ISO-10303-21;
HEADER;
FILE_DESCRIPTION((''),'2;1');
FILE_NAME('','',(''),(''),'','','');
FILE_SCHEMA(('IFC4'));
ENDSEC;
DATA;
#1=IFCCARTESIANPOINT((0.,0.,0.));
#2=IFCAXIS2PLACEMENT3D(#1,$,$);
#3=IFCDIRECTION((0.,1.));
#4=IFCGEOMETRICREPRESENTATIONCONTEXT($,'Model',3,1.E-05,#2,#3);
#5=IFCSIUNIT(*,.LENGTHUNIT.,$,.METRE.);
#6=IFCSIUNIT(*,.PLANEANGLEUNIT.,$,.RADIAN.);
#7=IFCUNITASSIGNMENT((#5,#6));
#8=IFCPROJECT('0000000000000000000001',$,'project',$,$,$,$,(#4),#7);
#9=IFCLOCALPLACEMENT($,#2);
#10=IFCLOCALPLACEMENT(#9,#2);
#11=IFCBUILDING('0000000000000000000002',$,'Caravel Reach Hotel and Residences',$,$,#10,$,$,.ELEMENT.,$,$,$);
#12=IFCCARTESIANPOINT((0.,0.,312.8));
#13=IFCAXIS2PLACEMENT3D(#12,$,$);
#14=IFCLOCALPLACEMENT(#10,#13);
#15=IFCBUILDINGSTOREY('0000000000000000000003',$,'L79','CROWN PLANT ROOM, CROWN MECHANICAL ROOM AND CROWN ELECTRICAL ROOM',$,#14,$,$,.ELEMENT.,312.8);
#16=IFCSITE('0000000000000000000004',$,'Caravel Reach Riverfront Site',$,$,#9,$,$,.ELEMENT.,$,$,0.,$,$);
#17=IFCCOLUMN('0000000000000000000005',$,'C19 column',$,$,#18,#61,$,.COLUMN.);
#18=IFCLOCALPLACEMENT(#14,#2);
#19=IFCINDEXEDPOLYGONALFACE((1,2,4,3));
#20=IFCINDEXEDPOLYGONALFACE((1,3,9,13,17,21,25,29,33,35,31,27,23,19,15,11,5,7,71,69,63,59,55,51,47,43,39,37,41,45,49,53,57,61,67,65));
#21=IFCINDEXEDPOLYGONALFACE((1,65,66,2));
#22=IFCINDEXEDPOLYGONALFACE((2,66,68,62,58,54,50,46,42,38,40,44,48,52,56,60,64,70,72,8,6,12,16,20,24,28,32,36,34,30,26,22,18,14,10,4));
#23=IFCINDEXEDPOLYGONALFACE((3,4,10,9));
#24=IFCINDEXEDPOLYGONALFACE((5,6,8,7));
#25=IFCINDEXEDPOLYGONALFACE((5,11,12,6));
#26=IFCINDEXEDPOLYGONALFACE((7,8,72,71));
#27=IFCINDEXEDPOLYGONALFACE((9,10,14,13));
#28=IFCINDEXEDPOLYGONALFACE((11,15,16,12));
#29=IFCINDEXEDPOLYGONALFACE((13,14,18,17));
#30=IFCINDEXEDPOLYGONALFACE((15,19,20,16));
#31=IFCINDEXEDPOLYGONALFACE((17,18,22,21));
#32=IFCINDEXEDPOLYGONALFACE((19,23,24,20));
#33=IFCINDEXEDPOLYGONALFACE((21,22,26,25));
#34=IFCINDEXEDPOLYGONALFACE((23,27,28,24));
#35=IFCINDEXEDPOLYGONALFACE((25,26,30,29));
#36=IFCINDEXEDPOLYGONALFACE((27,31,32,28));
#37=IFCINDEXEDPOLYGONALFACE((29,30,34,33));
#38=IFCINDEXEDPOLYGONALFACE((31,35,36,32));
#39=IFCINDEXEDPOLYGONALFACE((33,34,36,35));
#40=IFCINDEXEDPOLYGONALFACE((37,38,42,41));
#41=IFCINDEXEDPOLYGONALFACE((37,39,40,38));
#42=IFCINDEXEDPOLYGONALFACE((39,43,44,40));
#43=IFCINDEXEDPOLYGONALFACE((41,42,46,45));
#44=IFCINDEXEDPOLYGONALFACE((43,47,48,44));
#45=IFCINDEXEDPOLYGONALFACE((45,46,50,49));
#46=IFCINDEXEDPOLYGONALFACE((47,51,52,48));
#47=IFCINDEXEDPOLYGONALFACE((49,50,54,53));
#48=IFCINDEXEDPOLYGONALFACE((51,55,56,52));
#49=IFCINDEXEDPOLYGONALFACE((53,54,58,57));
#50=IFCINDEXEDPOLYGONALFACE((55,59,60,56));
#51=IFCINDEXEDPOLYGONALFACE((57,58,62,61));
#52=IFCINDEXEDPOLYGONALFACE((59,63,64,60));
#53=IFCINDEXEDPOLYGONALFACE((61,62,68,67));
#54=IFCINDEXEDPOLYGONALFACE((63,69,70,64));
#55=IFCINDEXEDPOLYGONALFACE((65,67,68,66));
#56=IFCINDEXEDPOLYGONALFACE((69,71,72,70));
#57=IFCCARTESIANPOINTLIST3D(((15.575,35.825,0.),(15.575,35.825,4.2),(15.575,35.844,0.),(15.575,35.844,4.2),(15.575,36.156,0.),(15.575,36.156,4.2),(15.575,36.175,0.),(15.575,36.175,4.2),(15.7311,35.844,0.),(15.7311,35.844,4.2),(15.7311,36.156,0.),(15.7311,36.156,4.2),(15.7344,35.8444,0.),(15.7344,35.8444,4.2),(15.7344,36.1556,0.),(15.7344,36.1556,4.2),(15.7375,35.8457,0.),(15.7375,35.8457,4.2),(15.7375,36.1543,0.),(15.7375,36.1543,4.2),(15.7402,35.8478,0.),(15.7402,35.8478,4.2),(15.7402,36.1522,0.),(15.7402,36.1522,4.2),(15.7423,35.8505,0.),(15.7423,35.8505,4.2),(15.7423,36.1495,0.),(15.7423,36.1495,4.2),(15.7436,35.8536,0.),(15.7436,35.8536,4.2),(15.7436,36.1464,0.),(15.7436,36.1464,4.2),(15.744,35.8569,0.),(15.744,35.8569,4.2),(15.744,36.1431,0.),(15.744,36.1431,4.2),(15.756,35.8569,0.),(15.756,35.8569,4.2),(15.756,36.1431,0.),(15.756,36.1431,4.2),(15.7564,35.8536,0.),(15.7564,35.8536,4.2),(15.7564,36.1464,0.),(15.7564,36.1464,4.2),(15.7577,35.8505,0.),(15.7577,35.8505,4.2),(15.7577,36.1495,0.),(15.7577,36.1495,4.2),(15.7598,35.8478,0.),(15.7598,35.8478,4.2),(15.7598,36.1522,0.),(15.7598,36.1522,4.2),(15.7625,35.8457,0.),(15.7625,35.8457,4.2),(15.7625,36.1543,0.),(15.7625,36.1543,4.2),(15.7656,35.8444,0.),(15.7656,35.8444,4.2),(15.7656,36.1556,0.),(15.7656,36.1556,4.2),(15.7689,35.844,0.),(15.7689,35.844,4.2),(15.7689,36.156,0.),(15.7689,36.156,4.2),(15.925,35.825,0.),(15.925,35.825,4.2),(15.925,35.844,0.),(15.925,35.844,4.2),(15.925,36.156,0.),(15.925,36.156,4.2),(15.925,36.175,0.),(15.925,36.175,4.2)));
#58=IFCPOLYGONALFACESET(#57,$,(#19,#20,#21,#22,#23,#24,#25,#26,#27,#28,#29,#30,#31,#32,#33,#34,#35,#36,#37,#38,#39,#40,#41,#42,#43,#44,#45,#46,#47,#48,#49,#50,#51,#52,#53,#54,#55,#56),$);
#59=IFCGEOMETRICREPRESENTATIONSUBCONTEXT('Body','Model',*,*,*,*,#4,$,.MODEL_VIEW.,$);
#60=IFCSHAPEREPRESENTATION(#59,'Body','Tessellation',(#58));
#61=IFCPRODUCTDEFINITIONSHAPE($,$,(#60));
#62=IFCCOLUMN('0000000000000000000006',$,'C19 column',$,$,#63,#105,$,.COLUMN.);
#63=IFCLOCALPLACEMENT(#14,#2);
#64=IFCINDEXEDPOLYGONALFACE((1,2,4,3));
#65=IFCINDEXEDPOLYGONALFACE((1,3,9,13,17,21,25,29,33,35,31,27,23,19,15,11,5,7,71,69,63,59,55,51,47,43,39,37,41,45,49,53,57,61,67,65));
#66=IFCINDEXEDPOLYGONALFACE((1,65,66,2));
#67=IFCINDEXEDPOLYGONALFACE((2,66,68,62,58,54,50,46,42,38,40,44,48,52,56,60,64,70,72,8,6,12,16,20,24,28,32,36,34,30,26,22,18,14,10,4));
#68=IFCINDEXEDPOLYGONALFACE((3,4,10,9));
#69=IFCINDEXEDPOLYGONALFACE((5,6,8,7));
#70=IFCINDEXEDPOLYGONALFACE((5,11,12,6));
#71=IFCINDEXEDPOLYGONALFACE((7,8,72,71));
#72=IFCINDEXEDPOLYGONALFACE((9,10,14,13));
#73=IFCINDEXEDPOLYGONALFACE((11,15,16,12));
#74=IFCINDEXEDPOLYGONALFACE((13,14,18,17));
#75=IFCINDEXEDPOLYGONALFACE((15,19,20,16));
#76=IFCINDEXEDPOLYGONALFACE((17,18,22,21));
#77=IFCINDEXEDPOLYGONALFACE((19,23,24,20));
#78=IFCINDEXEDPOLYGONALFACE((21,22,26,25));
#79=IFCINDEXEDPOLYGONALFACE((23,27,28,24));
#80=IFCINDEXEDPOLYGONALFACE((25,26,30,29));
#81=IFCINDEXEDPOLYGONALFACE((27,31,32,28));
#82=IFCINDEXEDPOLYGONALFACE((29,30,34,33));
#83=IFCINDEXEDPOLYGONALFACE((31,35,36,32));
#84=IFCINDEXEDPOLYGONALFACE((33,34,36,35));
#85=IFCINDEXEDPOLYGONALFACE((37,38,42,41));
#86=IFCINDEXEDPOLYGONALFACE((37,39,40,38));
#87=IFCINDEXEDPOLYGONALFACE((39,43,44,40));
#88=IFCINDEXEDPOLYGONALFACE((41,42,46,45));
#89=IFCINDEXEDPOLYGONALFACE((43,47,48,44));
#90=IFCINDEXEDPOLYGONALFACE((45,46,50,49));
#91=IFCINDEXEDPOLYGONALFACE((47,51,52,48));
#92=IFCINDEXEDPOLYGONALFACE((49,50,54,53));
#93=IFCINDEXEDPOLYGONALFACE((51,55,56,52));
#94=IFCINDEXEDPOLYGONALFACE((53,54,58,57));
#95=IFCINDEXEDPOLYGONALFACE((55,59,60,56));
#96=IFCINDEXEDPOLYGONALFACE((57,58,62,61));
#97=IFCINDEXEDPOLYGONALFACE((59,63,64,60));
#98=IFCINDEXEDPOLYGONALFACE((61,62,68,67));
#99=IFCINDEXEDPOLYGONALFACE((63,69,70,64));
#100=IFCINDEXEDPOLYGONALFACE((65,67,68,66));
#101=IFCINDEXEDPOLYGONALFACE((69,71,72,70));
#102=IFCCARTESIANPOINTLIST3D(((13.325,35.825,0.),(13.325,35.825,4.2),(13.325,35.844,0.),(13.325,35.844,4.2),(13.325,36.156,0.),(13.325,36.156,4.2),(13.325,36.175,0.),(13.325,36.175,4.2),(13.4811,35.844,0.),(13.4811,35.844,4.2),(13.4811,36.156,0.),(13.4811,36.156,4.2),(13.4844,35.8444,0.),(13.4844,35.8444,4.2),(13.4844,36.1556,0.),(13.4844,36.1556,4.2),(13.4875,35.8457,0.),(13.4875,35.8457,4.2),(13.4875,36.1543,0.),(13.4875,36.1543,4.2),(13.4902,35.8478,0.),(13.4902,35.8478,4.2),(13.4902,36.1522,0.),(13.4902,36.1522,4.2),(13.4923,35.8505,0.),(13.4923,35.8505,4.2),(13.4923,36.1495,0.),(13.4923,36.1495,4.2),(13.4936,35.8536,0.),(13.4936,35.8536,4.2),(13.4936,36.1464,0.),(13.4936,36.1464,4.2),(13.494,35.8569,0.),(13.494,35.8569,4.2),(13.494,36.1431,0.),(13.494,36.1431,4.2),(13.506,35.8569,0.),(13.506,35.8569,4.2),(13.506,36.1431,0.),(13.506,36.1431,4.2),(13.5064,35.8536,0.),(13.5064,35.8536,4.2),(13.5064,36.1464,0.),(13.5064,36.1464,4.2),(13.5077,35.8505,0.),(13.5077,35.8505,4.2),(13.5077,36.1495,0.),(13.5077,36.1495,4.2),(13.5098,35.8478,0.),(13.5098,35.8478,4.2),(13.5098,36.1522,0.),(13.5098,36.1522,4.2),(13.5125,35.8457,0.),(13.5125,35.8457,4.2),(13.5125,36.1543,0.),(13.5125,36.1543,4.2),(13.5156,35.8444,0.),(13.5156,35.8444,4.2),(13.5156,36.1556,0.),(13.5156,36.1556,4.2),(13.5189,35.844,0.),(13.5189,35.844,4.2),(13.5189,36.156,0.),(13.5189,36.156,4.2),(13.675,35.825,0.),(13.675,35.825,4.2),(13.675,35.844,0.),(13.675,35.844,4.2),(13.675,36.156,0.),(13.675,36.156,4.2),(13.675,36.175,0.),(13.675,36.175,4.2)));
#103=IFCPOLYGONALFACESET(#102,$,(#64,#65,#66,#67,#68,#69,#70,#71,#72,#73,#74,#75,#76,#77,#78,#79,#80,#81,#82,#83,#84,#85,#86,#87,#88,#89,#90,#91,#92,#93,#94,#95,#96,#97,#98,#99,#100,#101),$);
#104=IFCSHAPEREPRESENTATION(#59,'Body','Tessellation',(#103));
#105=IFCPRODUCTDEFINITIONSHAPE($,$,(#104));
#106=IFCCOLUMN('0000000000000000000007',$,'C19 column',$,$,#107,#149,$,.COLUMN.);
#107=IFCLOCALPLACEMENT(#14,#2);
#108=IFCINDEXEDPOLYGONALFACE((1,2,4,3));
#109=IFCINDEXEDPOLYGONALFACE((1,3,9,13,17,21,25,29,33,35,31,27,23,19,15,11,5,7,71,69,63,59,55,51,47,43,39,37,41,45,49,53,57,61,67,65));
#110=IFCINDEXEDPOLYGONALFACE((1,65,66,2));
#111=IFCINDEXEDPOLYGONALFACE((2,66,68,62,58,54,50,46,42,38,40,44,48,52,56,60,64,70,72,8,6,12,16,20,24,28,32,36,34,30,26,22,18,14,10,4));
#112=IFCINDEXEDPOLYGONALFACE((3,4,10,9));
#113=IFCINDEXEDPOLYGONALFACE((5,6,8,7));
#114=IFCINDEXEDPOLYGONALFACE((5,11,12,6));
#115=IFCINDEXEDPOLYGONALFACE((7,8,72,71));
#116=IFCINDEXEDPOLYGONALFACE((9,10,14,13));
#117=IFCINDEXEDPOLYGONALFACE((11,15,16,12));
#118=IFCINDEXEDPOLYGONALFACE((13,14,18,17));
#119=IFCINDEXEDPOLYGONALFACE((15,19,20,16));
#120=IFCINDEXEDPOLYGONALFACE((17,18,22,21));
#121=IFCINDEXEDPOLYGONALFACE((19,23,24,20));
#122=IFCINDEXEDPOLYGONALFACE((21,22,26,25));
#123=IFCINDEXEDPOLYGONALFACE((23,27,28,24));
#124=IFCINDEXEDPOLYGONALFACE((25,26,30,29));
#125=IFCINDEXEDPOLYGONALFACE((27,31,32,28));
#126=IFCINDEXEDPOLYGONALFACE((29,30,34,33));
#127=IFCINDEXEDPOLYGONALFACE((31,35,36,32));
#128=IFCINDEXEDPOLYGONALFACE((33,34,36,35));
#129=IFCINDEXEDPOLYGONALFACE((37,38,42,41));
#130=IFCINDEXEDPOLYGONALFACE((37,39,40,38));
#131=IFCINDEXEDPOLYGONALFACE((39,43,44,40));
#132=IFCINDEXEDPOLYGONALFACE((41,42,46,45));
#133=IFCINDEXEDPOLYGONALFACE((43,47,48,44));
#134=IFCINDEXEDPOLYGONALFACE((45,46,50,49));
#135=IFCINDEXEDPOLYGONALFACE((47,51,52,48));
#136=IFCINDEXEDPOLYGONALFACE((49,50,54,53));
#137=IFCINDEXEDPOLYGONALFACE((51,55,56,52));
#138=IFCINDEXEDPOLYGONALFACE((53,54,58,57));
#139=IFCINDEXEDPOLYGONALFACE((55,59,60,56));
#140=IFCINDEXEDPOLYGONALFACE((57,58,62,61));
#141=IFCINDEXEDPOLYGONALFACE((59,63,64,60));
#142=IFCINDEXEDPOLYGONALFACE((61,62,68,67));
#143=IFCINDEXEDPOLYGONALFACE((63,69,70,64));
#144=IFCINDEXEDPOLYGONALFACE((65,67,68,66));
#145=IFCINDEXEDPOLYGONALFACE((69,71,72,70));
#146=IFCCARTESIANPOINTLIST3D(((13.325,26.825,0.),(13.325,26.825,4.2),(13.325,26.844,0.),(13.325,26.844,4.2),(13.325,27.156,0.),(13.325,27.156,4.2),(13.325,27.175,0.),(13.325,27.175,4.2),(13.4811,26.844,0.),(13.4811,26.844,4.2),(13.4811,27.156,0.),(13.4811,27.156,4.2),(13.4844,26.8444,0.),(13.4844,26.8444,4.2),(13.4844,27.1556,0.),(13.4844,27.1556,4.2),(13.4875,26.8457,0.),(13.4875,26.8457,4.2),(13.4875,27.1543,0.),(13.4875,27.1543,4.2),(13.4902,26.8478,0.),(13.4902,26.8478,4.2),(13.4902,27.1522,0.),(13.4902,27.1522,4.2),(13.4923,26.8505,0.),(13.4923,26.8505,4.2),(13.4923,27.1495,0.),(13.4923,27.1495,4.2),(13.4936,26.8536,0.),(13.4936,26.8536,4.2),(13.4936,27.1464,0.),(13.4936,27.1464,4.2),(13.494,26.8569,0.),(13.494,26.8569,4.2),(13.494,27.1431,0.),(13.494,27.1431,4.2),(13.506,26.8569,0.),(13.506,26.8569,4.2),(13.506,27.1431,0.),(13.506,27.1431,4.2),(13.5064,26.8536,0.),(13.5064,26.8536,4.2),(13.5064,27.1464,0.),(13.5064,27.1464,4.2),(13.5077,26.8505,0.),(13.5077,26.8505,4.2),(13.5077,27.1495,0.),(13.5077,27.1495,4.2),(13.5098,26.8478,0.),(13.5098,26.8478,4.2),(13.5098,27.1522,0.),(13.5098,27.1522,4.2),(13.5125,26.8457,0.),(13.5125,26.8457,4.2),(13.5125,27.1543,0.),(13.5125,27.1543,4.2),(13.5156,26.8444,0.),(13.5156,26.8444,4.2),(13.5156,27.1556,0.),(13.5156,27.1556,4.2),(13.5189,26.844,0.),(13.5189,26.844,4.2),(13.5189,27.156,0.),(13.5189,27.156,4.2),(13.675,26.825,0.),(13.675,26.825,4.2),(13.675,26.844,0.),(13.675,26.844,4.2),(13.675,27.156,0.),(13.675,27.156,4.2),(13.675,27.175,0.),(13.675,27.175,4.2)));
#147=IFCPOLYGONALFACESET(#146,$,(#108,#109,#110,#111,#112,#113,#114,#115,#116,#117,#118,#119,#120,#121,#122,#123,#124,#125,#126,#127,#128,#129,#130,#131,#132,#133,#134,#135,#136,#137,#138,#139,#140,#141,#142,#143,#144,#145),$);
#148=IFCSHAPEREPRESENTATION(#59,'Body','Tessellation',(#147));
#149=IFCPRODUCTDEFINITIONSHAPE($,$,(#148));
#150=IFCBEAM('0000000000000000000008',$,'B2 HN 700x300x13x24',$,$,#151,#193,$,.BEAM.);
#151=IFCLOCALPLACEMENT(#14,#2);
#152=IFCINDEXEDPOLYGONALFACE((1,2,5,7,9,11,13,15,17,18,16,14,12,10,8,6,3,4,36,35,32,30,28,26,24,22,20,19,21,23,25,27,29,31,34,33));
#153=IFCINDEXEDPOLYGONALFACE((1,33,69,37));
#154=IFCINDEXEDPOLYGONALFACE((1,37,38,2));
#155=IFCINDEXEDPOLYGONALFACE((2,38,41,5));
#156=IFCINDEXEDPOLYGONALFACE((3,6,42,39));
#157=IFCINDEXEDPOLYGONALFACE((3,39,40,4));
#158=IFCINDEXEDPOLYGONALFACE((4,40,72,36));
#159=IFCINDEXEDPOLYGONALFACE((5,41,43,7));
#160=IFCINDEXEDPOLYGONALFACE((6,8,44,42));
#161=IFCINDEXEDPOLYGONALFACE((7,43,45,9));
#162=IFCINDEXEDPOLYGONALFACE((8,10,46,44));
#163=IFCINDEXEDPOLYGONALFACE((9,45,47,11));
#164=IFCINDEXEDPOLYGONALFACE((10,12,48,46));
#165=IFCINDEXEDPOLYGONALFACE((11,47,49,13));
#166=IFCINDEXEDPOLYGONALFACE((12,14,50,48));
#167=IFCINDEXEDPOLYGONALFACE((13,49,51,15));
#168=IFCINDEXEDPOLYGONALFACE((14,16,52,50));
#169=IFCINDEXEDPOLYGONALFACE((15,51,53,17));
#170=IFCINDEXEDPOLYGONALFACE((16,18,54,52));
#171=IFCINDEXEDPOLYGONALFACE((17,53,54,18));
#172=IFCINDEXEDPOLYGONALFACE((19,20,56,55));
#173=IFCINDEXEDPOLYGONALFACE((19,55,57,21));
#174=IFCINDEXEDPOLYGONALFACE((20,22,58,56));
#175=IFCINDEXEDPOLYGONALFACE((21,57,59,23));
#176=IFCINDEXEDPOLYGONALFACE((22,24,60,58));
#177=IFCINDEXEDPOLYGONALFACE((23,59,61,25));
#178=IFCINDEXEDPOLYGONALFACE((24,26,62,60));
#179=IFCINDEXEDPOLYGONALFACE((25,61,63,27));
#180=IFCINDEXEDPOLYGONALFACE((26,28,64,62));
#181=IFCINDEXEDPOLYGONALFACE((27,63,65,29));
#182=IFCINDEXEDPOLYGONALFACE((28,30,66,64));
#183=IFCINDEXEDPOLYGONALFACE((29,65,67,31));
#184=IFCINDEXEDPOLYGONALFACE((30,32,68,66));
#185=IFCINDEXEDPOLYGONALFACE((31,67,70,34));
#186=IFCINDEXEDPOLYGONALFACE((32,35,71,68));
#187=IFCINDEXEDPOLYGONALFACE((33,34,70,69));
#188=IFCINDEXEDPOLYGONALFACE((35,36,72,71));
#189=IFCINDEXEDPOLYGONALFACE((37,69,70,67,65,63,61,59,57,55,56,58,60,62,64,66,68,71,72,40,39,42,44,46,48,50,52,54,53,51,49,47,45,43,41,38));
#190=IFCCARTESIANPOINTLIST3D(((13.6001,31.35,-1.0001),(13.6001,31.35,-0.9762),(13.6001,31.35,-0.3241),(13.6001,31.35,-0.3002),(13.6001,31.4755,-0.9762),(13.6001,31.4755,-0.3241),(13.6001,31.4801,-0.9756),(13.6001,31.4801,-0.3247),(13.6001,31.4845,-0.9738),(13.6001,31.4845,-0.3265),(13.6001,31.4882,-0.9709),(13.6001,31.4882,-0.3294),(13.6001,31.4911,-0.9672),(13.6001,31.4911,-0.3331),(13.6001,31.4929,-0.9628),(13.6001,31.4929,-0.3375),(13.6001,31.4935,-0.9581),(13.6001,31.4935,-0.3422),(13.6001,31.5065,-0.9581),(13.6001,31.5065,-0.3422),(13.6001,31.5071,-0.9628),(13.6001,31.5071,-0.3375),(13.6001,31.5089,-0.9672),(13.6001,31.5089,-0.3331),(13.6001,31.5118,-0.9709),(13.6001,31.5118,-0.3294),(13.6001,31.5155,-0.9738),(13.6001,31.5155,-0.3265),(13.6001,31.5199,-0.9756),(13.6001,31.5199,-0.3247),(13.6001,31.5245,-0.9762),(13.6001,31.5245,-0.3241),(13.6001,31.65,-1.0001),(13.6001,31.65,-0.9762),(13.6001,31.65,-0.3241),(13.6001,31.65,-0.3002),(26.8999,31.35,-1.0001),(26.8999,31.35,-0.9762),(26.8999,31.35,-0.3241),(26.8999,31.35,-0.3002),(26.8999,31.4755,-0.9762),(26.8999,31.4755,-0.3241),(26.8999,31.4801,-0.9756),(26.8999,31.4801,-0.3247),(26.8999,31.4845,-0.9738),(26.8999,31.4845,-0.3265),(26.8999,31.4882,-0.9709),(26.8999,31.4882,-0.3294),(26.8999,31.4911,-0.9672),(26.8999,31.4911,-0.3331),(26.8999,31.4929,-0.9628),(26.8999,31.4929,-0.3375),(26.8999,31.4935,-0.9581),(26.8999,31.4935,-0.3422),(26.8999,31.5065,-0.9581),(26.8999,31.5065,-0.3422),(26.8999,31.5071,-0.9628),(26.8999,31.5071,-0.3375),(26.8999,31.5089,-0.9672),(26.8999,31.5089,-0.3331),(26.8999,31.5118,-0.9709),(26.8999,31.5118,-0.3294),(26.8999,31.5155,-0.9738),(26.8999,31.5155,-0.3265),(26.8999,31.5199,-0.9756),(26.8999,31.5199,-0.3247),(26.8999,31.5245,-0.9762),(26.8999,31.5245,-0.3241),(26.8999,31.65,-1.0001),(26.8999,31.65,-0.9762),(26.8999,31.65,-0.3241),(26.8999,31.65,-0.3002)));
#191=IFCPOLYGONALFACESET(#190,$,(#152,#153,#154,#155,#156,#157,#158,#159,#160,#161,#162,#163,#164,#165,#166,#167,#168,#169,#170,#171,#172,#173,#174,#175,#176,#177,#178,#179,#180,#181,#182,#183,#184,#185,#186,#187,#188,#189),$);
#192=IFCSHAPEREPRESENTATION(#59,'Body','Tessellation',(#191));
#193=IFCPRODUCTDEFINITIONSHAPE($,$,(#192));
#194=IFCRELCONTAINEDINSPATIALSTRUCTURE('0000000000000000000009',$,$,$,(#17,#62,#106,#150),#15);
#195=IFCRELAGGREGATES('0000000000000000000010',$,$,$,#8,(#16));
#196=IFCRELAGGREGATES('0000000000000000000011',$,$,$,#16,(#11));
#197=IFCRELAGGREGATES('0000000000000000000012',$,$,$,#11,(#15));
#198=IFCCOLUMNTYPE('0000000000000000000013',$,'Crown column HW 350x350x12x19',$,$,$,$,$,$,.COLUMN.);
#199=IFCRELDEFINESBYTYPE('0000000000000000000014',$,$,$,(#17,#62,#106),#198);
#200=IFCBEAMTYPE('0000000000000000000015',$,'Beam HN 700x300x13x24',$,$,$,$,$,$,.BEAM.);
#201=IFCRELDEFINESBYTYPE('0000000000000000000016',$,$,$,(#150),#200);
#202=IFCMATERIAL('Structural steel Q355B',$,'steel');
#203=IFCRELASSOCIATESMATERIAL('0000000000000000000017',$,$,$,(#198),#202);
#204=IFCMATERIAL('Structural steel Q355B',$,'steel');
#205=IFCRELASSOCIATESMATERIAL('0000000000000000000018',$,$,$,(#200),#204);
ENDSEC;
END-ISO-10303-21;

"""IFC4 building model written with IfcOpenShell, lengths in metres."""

from ifc_helpers import new_model, si_unit, direction, frame, origin, origin_2d, place, context, subcontext, project, spatial, i_section, extrude, material, material_profile, profile_set, type_object, element, save


model = new_model("IFC4")

# Units and contexts
model_context = context("Model", 3, precision=1e-05, world=origin(), true_north=direction((0.0, 1.0)))
body_context = subcontext(model_context, "Body", "Model", "MODEL_VIEW")
ifc_project = project(units=[si_unit("LENGTHUNIT", "METRE"), si_unit("PLANEANGLEUNIT", "RADIAN")], contexts=[model_context])

# Site, building, storey
site_placement = place(None, origin())
site = spatial("IfcSite", under=ifc_project, at=site_placement, Name="Caravel Reach Riverfront Site", CompositionType="ELEMENT", RefElevation=0.0)
building_placement = place(site_placement, origin())
building = spatial("IfcBuilding", under=site, at=building_placement, Name="Caravel Reach Hotel and Residences", CompositionType="ELEMENT")
storey_placement = place(building_placement, frame((0.0, 0.0, 312.8)))
storey = spatial("IfcBuildingStorey", under=building, at=storey_placement, Name="L79", Description="CROWN PLANT ROOM, CROWN MECHANICAL ROOM AND CROWN ELECTRICAL ROOM", CompositionType="ELEMENT", Elevation=312.8)

# Columns
ifc_material_1 = material(Name="Structural steel Q355B", Category="steel")
ifc_material_profile_1 = material_profile(ifc_material_1, i_section(OverallWidth=0.3501, OverallDepth=0.3501, WebThickness=0.012, FlangeThickness=0.019, FilletRadius=0.0129, at=origin_2d()), Name="HW 350x350x12x19")
ifc_profile_set_1 = profile_set([ifc_material_profile_1], Name="Structural steel Q355B")
column_type = type_object("IfcColumnType", Name="Crown column HW 350x350x12x19", PredefinedType="COLUMN", material=ifc_profile_set_1)
for number, where, z_axis, x_axis, name in (
    (1, (15.75, 36.0, 0.0), (0.0, 0.0, 1.0), (1.0, 0.0, 0.0), "C19 column"),
    (2, (13.5, 36.0, 0.0), (0.0, 0.0, 1.0), (1.0, 0.0, 0.0), "C19 column"),
    (3, (13.5, 27.0, 0.0), (0.0, 0.0, 1.0), (1.0, 0.0, 0.0), "C19 column"),
):
    element("IfcColumn", number, at=place(storey_placement, frame(where, z_axis=z_axis, x_axis=x_axis)), inside=storey, type_object=column_type, Name=name, PredefinedType="COLUMN", context=body_context, shape_type="SweptSolid", body=[
        extrude(i_section(OverallWidth=0.3501, OverallDepth=0.3501, WebThickness=0.012, FlangeThickness=0.019, FilletRadius=0.0129, at=origin_2d()), origin(), (0.0, 0.0, 1.0), 4.2),
    ])

# Beam
ifc_material_2 = material(Name="Structural steel Q355B", Category="steel")
ifc_material_profile_2 = material_profile(ifc_material_2, i_section(OverallWidth=0.3, OverallDepth=0.7, WebThickness=0.0129, FlangeThickness=0.0239, FilletRadius=0.0181, at=origin_2d()), Name="HN 700x300x13x24")
ifc_profile_set_2 = profile_set([ifc_material_profile_2], Name="Structural steel Q355B")
beam_type_1 = type_object("IfcBeamType", Name="Beam HN 700x300x13x24", PredefinedType="BEAM", material=ifc_profile_set_2)
beam_1_placement = place(storey_placement, frame((13.6001, 31.5, -0.6501), z_axis=(1.0, 0.0, 0.0), x_axis=(0.0, 1.0, 0.0)))
element("IfcBeam", 4, at=beam_1_placement, inside=storey, type_object=beam_type_1, Name="B2 HN 700x300x13x24", PredefinedType="BEAM", context=body_context, shape_type="SweptSolid", body=[
    extrude(i_section(OverallWidth=0.3, OverallDepth=0.7, WebThickness=0.0129, FlangeThickness=0.0239, FilletRadius=0.0181, at=origin_2d()), origin(), (0.0, 0.0, 1.0), 13.2998),
])

save(model, "model.ifc")
